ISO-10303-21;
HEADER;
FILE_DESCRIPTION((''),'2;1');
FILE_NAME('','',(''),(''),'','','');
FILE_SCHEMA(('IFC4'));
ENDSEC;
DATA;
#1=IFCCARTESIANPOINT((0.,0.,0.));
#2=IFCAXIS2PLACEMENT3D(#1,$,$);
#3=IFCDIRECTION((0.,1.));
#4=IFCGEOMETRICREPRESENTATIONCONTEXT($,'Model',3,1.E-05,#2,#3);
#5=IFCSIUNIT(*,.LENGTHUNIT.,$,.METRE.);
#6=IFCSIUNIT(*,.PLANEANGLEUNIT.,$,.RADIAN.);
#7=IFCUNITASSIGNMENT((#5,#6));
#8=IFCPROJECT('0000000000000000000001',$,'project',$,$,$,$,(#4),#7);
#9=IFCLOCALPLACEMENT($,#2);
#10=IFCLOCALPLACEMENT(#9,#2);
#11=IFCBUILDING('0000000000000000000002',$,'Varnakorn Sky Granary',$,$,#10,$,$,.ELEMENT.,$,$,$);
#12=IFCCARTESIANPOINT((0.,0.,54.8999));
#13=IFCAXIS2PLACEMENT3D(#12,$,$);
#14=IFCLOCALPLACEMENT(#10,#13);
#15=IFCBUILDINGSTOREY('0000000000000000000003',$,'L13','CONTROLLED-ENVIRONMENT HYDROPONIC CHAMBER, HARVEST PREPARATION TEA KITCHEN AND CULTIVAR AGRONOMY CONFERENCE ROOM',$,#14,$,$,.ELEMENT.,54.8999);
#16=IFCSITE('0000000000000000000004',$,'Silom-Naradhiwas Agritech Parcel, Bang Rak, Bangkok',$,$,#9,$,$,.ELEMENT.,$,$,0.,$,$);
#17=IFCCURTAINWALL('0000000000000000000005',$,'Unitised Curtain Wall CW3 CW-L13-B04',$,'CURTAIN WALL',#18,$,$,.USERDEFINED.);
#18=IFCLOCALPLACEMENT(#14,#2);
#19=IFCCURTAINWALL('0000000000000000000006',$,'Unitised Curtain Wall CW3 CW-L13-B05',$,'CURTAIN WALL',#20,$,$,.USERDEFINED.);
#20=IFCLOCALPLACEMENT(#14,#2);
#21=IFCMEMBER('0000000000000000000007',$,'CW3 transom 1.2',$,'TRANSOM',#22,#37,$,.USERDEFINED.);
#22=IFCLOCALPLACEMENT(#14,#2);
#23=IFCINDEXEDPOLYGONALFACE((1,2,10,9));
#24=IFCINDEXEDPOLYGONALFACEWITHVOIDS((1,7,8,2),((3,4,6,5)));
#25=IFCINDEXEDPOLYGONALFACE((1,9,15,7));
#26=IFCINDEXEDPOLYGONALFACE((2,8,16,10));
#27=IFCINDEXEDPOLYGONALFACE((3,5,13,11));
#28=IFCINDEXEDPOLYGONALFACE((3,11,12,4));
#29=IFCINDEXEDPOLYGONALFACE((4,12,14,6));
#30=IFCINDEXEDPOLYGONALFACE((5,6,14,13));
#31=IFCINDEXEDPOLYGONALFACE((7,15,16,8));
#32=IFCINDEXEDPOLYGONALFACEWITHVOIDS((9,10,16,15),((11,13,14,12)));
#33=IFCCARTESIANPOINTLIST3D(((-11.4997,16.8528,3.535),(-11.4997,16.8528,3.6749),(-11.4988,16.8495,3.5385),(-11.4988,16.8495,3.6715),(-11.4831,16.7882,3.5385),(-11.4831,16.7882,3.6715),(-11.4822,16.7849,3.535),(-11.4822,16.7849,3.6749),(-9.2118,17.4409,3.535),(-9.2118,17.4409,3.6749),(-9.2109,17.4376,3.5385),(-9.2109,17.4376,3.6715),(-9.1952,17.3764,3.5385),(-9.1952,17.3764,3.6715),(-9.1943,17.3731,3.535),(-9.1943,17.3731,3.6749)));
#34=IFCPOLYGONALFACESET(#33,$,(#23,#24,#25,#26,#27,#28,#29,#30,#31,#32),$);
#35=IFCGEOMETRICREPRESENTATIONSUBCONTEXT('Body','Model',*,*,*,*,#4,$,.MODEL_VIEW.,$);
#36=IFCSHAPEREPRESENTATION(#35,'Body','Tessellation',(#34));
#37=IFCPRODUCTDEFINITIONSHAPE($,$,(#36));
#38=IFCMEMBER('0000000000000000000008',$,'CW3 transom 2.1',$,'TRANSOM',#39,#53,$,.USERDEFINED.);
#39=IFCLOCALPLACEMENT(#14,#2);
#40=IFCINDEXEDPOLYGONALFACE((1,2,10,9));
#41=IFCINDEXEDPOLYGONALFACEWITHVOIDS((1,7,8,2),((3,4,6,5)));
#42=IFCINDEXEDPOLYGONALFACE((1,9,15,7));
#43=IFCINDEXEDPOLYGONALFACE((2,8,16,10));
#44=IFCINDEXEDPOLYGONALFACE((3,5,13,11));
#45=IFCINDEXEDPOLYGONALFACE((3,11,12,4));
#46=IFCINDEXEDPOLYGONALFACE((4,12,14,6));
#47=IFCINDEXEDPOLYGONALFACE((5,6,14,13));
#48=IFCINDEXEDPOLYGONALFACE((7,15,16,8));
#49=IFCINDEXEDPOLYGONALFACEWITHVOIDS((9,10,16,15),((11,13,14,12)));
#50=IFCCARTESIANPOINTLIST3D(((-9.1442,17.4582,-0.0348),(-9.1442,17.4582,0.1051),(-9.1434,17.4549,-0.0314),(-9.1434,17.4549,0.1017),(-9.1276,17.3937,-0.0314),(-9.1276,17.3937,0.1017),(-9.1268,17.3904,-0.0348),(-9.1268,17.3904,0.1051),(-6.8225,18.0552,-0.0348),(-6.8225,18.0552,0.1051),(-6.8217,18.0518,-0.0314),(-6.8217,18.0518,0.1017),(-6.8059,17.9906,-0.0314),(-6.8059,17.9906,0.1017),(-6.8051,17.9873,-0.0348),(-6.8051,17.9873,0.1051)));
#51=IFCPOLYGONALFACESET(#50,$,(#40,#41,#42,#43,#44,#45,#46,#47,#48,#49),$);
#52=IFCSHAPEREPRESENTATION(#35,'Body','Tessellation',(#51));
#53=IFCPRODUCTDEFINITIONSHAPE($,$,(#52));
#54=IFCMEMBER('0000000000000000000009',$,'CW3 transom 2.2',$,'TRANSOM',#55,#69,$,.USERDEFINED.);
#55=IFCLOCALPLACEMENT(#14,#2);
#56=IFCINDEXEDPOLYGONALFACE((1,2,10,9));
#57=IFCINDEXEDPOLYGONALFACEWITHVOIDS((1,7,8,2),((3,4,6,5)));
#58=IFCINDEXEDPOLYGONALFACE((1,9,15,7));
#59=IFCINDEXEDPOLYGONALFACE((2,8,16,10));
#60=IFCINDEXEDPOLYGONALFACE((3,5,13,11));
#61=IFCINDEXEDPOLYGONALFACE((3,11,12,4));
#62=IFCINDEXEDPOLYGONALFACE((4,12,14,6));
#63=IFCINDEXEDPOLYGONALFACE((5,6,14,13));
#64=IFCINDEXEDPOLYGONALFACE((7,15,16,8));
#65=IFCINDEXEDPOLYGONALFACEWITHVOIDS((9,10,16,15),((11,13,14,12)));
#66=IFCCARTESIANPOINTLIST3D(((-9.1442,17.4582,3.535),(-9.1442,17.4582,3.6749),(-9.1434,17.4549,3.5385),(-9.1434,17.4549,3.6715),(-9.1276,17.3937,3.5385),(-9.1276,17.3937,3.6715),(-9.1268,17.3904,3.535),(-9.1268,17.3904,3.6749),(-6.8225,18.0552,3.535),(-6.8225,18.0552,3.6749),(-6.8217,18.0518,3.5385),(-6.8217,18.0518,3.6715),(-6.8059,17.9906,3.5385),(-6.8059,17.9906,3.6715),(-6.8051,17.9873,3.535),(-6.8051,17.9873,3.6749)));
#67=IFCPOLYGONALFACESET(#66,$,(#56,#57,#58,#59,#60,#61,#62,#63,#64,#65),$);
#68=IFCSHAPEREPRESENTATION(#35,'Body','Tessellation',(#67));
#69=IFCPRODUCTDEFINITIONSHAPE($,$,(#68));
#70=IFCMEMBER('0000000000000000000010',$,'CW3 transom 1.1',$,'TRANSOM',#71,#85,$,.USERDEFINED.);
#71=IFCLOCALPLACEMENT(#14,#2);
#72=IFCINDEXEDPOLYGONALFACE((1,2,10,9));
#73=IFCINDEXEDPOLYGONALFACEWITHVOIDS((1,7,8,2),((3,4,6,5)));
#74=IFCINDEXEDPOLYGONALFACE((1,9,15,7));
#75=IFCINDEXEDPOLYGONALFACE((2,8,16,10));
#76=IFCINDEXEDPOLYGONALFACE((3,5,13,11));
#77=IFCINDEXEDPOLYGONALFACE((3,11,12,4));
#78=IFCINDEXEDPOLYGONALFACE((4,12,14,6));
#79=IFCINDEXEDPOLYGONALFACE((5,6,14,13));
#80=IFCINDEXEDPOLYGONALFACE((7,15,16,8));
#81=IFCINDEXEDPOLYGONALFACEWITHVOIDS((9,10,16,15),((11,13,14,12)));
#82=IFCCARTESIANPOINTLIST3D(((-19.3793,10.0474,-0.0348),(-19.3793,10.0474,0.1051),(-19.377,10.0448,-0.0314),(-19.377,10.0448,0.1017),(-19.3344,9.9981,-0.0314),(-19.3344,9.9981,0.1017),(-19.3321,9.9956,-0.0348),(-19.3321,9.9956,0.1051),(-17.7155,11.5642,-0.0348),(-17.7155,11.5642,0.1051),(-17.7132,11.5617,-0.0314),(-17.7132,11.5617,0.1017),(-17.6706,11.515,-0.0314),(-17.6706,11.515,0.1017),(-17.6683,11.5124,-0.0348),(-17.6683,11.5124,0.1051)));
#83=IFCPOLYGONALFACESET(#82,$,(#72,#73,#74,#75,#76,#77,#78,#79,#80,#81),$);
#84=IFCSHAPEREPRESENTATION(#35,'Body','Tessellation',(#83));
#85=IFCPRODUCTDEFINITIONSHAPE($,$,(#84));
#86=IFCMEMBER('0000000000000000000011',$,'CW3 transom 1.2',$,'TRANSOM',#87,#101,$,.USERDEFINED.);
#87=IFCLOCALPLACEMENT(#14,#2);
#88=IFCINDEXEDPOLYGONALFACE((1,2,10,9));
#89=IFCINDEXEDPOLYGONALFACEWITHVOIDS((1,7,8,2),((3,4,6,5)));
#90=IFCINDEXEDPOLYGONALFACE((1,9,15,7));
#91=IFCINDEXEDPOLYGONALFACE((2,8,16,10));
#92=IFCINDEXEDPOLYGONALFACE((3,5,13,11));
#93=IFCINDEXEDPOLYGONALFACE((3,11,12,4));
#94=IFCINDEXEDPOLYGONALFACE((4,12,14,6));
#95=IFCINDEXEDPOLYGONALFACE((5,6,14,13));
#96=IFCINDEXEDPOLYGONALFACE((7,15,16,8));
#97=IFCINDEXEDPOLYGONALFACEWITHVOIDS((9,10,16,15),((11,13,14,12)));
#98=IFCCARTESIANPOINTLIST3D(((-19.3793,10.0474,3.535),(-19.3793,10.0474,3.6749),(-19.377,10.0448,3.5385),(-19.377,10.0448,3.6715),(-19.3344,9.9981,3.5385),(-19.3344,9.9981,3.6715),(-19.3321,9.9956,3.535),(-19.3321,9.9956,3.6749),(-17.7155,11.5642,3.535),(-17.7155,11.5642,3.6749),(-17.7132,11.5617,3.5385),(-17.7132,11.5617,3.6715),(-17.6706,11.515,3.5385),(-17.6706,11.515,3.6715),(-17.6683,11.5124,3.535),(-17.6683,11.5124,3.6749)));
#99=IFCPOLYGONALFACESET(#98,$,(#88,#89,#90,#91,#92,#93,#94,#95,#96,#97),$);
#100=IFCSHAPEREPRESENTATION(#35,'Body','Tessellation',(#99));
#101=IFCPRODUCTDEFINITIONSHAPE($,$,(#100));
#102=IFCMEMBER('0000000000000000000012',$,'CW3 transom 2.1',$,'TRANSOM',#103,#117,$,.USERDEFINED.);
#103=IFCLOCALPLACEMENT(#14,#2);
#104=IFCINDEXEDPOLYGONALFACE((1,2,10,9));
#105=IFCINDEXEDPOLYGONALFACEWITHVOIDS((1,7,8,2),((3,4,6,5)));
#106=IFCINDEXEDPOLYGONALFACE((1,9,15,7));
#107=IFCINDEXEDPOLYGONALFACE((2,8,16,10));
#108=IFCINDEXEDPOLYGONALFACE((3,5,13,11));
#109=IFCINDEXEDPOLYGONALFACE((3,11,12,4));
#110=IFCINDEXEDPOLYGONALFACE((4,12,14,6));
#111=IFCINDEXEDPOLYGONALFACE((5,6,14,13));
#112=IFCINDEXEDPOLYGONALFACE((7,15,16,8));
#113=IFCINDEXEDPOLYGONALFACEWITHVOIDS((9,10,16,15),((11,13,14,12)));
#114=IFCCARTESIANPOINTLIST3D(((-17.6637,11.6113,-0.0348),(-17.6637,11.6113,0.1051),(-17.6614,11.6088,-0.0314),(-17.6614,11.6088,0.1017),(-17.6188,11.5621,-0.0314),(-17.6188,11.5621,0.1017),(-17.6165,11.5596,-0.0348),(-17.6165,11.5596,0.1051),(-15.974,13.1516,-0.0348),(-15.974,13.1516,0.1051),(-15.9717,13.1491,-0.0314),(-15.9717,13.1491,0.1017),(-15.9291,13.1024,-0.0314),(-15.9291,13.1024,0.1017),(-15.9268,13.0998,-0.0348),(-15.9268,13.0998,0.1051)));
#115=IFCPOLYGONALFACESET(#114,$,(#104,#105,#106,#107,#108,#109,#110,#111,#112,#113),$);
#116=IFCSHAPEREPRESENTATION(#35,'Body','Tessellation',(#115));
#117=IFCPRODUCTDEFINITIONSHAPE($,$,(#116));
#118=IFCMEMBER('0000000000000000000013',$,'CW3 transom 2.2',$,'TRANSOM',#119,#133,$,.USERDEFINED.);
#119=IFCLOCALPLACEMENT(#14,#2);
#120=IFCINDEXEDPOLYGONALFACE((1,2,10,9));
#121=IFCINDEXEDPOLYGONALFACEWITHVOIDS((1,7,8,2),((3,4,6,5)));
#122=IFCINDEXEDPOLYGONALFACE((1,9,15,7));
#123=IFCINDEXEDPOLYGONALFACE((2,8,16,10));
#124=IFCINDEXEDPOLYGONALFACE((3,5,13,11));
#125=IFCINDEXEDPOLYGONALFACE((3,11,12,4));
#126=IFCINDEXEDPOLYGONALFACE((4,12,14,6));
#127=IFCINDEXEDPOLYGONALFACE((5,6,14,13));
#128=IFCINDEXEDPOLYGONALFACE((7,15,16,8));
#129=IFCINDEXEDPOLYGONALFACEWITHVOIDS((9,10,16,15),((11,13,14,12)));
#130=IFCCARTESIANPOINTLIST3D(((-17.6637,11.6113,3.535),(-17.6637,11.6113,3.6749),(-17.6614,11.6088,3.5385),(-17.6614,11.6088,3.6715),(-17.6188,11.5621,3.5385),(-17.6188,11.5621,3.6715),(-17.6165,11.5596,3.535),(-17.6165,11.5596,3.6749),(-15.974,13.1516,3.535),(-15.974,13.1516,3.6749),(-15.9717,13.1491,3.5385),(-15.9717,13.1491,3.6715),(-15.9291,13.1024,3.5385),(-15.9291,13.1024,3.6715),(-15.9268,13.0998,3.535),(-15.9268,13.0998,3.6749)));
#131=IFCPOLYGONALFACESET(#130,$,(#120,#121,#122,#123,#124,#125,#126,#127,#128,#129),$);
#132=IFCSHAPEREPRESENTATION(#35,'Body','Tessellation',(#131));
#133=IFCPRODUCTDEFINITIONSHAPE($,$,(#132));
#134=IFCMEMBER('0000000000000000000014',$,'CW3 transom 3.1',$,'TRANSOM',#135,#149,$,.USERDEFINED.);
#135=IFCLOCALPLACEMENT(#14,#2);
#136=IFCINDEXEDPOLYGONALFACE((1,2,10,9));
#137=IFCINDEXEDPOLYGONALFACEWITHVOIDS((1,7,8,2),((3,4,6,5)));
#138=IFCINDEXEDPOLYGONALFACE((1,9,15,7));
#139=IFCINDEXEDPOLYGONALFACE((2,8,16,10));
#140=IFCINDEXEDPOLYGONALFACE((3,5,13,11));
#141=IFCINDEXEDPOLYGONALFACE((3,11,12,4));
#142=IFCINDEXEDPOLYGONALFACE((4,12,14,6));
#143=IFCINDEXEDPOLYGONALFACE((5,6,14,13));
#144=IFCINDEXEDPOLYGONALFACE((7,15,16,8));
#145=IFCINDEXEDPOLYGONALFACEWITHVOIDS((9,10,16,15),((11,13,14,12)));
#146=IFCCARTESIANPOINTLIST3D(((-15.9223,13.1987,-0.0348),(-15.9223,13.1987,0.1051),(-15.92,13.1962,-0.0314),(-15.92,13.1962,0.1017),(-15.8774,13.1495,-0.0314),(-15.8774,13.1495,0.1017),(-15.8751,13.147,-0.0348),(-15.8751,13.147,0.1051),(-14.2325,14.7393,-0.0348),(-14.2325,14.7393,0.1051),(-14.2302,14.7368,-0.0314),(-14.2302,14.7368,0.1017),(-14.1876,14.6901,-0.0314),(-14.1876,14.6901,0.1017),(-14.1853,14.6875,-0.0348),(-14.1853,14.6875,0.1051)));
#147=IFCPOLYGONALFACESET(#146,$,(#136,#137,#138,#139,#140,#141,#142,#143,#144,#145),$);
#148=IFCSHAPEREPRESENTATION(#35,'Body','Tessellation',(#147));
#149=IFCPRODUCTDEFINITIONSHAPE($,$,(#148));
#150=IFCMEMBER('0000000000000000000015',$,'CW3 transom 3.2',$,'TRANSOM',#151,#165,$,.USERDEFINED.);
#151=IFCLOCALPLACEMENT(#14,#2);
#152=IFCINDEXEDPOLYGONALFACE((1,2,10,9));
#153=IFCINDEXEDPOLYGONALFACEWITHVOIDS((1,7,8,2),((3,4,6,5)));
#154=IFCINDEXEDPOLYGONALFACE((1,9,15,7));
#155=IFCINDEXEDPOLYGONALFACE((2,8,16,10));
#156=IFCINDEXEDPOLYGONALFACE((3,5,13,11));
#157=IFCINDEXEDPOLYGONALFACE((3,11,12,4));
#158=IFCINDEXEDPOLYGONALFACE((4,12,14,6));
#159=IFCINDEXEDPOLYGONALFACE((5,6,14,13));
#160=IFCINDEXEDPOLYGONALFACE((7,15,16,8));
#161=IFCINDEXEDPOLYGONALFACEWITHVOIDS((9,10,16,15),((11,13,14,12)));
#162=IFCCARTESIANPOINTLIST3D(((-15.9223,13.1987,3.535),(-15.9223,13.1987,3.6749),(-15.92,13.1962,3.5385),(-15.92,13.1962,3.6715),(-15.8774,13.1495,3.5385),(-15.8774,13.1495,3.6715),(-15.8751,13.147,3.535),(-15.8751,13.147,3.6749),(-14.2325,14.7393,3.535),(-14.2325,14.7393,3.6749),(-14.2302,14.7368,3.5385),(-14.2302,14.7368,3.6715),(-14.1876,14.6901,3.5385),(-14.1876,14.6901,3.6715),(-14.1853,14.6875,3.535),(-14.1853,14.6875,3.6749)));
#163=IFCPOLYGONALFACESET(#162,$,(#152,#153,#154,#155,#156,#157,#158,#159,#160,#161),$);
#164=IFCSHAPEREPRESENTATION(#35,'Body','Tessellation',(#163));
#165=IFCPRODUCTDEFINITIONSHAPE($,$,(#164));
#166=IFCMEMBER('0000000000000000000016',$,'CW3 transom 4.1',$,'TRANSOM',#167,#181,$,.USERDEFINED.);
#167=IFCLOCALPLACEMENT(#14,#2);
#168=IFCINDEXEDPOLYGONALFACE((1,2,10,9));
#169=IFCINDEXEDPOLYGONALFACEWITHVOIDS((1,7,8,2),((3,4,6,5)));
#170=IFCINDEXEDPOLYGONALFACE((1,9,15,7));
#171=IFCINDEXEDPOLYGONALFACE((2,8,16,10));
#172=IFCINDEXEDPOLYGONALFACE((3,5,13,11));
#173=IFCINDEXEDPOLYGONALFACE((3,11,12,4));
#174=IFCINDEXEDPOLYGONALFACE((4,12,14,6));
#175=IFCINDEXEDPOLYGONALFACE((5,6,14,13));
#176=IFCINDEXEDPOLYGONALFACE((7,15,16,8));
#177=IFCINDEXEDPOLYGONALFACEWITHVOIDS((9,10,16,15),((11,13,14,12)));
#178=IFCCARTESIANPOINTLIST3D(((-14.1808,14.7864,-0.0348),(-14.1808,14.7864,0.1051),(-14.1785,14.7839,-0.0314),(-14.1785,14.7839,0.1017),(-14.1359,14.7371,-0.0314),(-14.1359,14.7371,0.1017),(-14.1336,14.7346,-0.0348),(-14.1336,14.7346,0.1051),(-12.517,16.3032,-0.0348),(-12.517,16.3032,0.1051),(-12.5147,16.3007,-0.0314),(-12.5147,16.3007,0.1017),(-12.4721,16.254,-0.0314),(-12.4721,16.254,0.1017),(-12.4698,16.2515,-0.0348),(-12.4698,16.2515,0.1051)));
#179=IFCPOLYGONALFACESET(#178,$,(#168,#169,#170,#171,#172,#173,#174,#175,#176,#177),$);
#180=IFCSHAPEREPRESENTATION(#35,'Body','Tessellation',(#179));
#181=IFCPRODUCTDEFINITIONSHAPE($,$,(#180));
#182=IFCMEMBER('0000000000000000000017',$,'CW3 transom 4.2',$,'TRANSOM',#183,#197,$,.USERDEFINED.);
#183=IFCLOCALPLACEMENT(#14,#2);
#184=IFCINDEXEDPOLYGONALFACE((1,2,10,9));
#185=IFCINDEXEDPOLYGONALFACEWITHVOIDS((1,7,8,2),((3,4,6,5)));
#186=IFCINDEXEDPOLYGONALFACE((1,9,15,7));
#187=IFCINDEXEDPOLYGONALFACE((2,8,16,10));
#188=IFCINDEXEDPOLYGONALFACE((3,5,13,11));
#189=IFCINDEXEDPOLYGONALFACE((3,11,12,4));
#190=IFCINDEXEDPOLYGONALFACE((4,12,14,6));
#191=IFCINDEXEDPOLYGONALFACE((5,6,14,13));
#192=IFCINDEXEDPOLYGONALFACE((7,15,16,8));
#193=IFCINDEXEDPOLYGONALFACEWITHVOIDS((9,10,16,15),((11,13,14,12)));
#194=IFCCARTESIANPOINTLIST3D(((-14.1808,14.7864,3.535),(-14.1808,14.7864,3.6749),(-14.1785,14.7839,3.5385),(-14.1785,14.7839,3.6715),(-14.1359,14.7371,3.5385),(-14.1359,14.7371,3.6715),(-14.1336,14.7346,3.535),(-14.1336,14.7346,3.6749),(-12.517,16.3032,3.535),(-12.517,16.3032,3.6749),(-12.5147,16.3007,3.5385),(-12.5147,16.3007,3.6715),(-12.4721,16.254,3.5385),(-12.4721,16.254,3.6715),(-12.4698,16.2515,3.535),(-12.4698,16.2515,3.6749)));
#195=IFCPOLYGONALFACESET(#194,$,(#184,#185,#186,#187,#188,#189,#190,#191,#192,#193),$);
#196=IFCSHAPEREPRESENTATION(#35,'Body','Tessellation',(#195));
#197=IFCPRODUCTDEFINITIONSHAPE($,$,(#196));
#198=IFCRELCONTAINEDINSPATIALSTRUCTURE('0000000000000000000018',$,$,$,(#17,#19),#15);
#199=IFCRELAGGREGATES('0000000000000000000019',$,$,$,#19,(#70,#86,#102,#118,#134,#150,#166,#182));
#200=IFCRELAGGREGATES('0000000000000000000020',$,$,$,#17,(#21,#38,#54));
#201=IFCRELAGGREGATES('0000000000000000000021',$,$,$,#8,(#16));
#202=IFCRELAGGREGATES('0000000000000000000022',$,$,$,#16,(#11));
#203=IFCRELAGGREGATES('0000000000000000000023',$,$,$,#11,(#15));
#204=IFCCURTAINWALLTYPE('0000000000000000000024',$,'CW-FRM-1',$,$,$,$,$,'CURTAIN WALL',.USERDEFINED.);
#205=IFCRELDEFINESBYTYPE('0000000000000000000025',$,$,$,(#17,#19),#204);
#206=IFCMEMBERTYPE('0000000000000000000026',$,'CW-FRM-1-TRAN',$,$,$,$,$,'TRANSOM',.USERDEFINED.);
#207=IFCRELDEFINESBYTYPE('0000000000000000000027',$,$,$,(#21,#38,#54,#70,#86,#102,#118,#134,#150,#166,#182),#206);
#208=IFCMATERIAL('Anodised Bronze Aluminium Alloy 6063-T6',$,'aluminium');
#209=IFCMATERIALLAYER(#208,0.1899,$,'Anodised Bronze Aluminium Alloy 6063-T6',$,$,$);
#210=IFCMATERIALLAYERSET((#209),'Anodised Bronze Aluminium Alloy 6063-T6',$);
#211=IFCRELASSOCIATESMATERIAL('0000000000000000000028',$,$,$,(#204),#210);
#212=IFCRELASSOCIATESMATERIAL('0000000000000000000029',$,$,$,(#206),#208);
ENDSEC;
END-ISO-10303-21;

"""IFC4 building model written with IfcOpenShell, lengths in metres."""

from ifc_helpers import new_model, si_unit, direction, frame, origin, origin_2d, place, context, subcontext, project, spatial, hollow_rectangle, extrude, material, layer, layer_set, material_profile, profile_set, type_object, element, aggregate, save


model = new_model("IFC4")

# Units and contexts
model_context = context("Model", 3, precision=1e-05, world=origin(), true_north=direction((0.0, 1.0)))
body_context = subcontext(model_context, "Body", "Model", "MODEL_VIEW")
ifc_project = project(units=[si_unit("LENGTHUNIT", "METRE"), si_unit("PLANEANGLEUNIT", "RADIAN")], contexts=[model_context])

# Site, building, storey
site_placement = place(None, origin())
site = spatial("IfcSite", under=ifc_project, at=site_placement, Name="Silom-Naradhiwas Agritech Parcel, Bang Rak, Bangkok", CompositionType="ELEMENT", RefElevation=0.0)
building_placement = place(site_placement, origin())
building = spatial("IfcBuilding", under=site, at=building_placement, Name="Varnakorn Sky Granary", CompositionType="ELEMENT")
storey_placement = place(building_placement, frame((0.0, 0.0, 54.8999)))
storey = spatial("IfcBuildingStorey", under=building, at=storey_placement, Name="L13", Description="CONTROLLED-ENVIRONMENT HYDROPONIC CHAMBER, HARVEST PREPARATION TEA KITCHEN AND CULTIVAR AGRONOMY CONFERENCE ROOM", CompositionType="ELEMENT", Elevation=54.8999)

# Curtain walls
ifc_material_1 = material(Name="Anodised Bronze Aluminium Alloy 6063-T6", Category="aluminium")
ifc_layer_1 = layer(ifc_material_1, 0.1899, Name="Anodised Bronze Aluminium Alloy 6063-T6")
ifc_layer_set_1 = layer_set([ifc_layer_1], Name="Anodised Bronze Aluminium Alloy 6063-T6")
curtain_wall_type = type_object("IfcCurtainWallType", Name="CW-FRM-1", ElementType="CURTAIN WALL", PredefinedType="USERDEFINED", material=ifc_layer_set_1)
curtain_wall_1_placement = place(storey_placement, origin())
curtain_wall_1 = element("IfcCurtainWall", 1, at=curtain_wall_1_placement, inside=storey, type_object=curtain_wall_type, Name="Unitised Curtain Wall CW3 CW-L13-B04", ObjectType="CURTAIN WALL", PredefinedType="USERDEFINED")
curtain_wall_2_placement = place(storey_placement, origin())
curtain_wall_2 = element("IfcCurtainWall", 2, at=curtain_wall_2_placement, inside=storey, type_object=curtain_wall_type, Name="Unitised Curtain Wall CW3 CW-L13-B05", ObjectType="CURTAIN WALL", PredefinedType="USERDEFINED")

# Members
ifc_material_profile_1 = material_profile(ifc_material_1, hollow_rectangle(XDim=0.0701, YDim=0.1399, WallThickness=0.0034, at=origin_2d()), Name="ALU TRAN 70x140")
ifc_profile_set_1 = profile_set([ifc_material_profile_1], Name="Anodised Bronze Aluminium Alloy 6063-T6")
member_type_1 = type_object("IfcMemberType", Name="CW-FRM-1-TRAN", ElementType="TRANSOM", PredefinedType="USERDEFINED", material=ifc_profile_set_1)
member_1_placement = place(storey_placement, frame((-11.491, 16.8188, 3.605), z_axis=(0.96851, 0.248975, 0.0), x_axis=(-0.248975, 0.96851, 0.0)))
member_1 = element("IfcMember", 3, at=member_1_placement, type_object=member_type_1, Name="CW3 transom 1.2", ObjectType="TRANSOM", PredefinedType="USERDEFINED", context=body_context, shape_type="SweptSolid", body=[
    extrude(hollow_rectangle(XDim=0.0701, YDim=0.1399, WallThickness=0.0034, at=origin_2d()), origin(), (0.0, 0.0, 1.0), 2.3623),
])
member_2_placement = place(storey_placement, frame((-9.1355, 17.4243, 0.0352), z_axis=(0.968503, 0.249, 0.0), x_axis=(-0.249, 0.968503, 0.0)))
member_2 = element("IfcMember", 4, at=member_2_placement, type_object=member_type_1, Name="CW3 transom 2.1", ObjectType="TRANSOM", PredefinedType="USERDEFINED", context=body_context, shape_type="SweptSolid", body=[
    extrude(hollow_rectangle(XDim=0.0701, YDim=0.1399, WallThickness=0.0034, at=origin_2d()), origin(), (0.0, 0.0, 1.0), 2.3972),
])
member_3_placement = place(storey_placement, frame((-9.1355, 17.4243, 3.605), z_axis=(0.968503, 0.249, 0.0), x_axis=(-0.249, 0.968503, 0.0)))
member_3 = element("IfcMember", 5, at=member_3_placement, type_object=member_type_1, Name="CW3 transom 2.2", ObjectType="TRANSOM", PredefinedType="USERDEFINED", context=body_context, shape_type="SweptSolid", body=[
    extrude(hollow_rectangle(XDim=0.0701, YDim=0.1399, WallThickness=0.0034, at=origin_2d()), origin(), (0.0, 0.0, 1.0), 2.3972),
])
member_4_placement = place(storey_placement, frame((-19.3557, 10.0215, 0.0352), z_axis=(0.738992, 0.673714, 0.0), x_axis=(-0.673714, 0.738992, 0.0)))
member_4 = element("IfcMember", 6, at=member_4_placement, type_object=member_type_1, Name="CW3 transom 1.1", ObjectType="TRANSOM", PredefinedType="USERDEFINED", context=body_context, shape_type="SweptSolid", body=[
    extrude(hollow_rectangle(XDim=0.0701, YDim=0.1399, WallThickness=0.0034, at=origin_2d()), origin(), (0.0, 0.0, 1.0), 2.2515),
])
member_5_placement = place(storey_placement, frame((-19.3557, 10.0215, 3.605), z_axis=(0.738992, 0.673714, 0.0), x_axis=(-0.673714, 0.738992, 0.0)))
member_5 = element("IfcMember", 7, at=member_5_placement, type_object=member_type_1, Name="CW3 transom 1.2", ObjectType="TRANSOM", PredefinedType="USERDEFINED", context=body_context, shape_type="SweptSolid", body=[
    extrude(hollow_rectangle(XDim=0.0701, YDim=0.1399, WallThickness=0.0034, at=origin_2d()), origin(), (0.0, 0.0, 1.0), 2.2515),
])
member_6_placement = place(storey_placement, frame((-17.6401, 11.5854, 0.0352), z_axis=(0.739026, 0.673677, 0.0), x_axis=(-0.673677, 0.739026, 0.0)))
member_6 = element("IfcMember", 8, at=member_6_placement, type_object=member_type_1, Name="CW3 transom 2.1", ObjectType="TRANSOM", PredefinedType="USERDEFINED", context=body_context, shape_type="SweptSolid", body=[
    extrude(hollow_rectangle(XDim=0.0701, YDim=0.1399, WallThickness=0.0034, at=origin_2d()), origin(), (0.0, 0.0, 1.0), 2.2864),
])
member_7_placement = place(storey_placement, frame((-17.6401, 11.5854, 3.605), z_axis=(0.739026, 0.673677, 0.0), x_axis=(-0.673677, 0.739026, 0.0)))
member_7 = element("IfcMember", 9, at=member_7_placement, type_object=member_type_1, Name="CW3 transom 2.2", ObjectType="TRANSOM", PredefinedType="USERDEFINED", context=body_context, shape_type="SweptSolid", body=[
    extrude(hollow_rectangle(XDim=0.0701, YDim=0.1399, WallThickness=0.0034, at=origin_2d()), origin(), (0.0, 0.0, 1.0), 2.2864),
])
member_8_placement = place(storey_placement, frame((-15.8987, 13.1729, 0.0352), z_axis=(0.738973, 0.673735, 0.0), x_axis=(-0.673735, 0.738973, 0.0)))
member_8 = element("IfcMember", 10, at=member_8_placement, type_object=member_type_1, Name="CW3 transom 3.1", ObjectType="TRANSOM", PredefinedType="USERDEFINED", context=body_context, shape_type="SweptSolid", body=[
    extrude(hollow_rectangle(XDim=0.0701, YDim=0.1399, WallThickness=0.0034, at=origin_2d()), origin(), (0.0, 0.0, 1.0), 2.2866),
])
member_9_placement = place(storey_placement, frame((-15.8987, 13.1729, 3.605), z_axis=(0.738973, 0.673735, 0.0), x_axis=(-0.673735, 0.738973, 0.0)))
member_9 = element("IfcMember", 11, at=member_9_placement, type_object=member_type_1, Name="CW3 transom 3.2", ObjectType="TRANSOM", PredefinedType="USERDEFINED", context=body_context, shape_type="SweptSolid", body=[
    extrude(hollow_rectangle(XDim=0.0701, YDim=0.1399, WallThickness=0.0034, at=origin_2d()), origin(), (0.0, 0.0, 1.0), 2.2866),
])
member_10_placement = place(storey_placement, frame((-14.1572, 14.7605, 0.0352), z_axis=(0.738992, 0.673714, 0.0), x_axis=(-0.673714, 0.738992, 0.0)))
member_10 = element("IfcMember", 12, at=member_10_placement, type_object=member_type_1, Name="CW3 transom 4.1", ObjectType="TRANSOM", PredefinedType="USERDEFINED", context=body_context, shape_type="SweptSolid", body=[
    extrude(hollow_rectangle(XDim=0.0701, YDim=0.1399, WallThickness=0.0034, at=origin_2d()), origin(), (0.0, 0.0, 1.0), 2.2515),
])
member_11_placement = place(storey_placement, frame((-14.1572, 14.7605, 3.605), z_axis=(0.738992, 0.673714, 0.0), x_axis=(-0.673714, 0.738992, 0.0)))
member_11 = element("IfcMember", 13, at=member_11_placement, type_object=member_type_1, Name="CW3 transom 4.2", ObjectType="TRANSOM", PredefinedType="USERDEFINED", context=body_context, shape_type="SweptSolid", body=[
    extrude(hollow_rectangle(XDim=0.0701, YDim=0.1399, WallThickness=0.0034, at=origin_2d()), origin(), (0.0, 0.0, 1.0), 2.2515),
])

aggregate(curtain_wall_2, [member_4, member_5, member_6, member_7, member_8, member_9, member_10, member_11])
aggregate(curtain_wall_1, [member_1, member_2, member_3])

save(model, "model.ifc")
